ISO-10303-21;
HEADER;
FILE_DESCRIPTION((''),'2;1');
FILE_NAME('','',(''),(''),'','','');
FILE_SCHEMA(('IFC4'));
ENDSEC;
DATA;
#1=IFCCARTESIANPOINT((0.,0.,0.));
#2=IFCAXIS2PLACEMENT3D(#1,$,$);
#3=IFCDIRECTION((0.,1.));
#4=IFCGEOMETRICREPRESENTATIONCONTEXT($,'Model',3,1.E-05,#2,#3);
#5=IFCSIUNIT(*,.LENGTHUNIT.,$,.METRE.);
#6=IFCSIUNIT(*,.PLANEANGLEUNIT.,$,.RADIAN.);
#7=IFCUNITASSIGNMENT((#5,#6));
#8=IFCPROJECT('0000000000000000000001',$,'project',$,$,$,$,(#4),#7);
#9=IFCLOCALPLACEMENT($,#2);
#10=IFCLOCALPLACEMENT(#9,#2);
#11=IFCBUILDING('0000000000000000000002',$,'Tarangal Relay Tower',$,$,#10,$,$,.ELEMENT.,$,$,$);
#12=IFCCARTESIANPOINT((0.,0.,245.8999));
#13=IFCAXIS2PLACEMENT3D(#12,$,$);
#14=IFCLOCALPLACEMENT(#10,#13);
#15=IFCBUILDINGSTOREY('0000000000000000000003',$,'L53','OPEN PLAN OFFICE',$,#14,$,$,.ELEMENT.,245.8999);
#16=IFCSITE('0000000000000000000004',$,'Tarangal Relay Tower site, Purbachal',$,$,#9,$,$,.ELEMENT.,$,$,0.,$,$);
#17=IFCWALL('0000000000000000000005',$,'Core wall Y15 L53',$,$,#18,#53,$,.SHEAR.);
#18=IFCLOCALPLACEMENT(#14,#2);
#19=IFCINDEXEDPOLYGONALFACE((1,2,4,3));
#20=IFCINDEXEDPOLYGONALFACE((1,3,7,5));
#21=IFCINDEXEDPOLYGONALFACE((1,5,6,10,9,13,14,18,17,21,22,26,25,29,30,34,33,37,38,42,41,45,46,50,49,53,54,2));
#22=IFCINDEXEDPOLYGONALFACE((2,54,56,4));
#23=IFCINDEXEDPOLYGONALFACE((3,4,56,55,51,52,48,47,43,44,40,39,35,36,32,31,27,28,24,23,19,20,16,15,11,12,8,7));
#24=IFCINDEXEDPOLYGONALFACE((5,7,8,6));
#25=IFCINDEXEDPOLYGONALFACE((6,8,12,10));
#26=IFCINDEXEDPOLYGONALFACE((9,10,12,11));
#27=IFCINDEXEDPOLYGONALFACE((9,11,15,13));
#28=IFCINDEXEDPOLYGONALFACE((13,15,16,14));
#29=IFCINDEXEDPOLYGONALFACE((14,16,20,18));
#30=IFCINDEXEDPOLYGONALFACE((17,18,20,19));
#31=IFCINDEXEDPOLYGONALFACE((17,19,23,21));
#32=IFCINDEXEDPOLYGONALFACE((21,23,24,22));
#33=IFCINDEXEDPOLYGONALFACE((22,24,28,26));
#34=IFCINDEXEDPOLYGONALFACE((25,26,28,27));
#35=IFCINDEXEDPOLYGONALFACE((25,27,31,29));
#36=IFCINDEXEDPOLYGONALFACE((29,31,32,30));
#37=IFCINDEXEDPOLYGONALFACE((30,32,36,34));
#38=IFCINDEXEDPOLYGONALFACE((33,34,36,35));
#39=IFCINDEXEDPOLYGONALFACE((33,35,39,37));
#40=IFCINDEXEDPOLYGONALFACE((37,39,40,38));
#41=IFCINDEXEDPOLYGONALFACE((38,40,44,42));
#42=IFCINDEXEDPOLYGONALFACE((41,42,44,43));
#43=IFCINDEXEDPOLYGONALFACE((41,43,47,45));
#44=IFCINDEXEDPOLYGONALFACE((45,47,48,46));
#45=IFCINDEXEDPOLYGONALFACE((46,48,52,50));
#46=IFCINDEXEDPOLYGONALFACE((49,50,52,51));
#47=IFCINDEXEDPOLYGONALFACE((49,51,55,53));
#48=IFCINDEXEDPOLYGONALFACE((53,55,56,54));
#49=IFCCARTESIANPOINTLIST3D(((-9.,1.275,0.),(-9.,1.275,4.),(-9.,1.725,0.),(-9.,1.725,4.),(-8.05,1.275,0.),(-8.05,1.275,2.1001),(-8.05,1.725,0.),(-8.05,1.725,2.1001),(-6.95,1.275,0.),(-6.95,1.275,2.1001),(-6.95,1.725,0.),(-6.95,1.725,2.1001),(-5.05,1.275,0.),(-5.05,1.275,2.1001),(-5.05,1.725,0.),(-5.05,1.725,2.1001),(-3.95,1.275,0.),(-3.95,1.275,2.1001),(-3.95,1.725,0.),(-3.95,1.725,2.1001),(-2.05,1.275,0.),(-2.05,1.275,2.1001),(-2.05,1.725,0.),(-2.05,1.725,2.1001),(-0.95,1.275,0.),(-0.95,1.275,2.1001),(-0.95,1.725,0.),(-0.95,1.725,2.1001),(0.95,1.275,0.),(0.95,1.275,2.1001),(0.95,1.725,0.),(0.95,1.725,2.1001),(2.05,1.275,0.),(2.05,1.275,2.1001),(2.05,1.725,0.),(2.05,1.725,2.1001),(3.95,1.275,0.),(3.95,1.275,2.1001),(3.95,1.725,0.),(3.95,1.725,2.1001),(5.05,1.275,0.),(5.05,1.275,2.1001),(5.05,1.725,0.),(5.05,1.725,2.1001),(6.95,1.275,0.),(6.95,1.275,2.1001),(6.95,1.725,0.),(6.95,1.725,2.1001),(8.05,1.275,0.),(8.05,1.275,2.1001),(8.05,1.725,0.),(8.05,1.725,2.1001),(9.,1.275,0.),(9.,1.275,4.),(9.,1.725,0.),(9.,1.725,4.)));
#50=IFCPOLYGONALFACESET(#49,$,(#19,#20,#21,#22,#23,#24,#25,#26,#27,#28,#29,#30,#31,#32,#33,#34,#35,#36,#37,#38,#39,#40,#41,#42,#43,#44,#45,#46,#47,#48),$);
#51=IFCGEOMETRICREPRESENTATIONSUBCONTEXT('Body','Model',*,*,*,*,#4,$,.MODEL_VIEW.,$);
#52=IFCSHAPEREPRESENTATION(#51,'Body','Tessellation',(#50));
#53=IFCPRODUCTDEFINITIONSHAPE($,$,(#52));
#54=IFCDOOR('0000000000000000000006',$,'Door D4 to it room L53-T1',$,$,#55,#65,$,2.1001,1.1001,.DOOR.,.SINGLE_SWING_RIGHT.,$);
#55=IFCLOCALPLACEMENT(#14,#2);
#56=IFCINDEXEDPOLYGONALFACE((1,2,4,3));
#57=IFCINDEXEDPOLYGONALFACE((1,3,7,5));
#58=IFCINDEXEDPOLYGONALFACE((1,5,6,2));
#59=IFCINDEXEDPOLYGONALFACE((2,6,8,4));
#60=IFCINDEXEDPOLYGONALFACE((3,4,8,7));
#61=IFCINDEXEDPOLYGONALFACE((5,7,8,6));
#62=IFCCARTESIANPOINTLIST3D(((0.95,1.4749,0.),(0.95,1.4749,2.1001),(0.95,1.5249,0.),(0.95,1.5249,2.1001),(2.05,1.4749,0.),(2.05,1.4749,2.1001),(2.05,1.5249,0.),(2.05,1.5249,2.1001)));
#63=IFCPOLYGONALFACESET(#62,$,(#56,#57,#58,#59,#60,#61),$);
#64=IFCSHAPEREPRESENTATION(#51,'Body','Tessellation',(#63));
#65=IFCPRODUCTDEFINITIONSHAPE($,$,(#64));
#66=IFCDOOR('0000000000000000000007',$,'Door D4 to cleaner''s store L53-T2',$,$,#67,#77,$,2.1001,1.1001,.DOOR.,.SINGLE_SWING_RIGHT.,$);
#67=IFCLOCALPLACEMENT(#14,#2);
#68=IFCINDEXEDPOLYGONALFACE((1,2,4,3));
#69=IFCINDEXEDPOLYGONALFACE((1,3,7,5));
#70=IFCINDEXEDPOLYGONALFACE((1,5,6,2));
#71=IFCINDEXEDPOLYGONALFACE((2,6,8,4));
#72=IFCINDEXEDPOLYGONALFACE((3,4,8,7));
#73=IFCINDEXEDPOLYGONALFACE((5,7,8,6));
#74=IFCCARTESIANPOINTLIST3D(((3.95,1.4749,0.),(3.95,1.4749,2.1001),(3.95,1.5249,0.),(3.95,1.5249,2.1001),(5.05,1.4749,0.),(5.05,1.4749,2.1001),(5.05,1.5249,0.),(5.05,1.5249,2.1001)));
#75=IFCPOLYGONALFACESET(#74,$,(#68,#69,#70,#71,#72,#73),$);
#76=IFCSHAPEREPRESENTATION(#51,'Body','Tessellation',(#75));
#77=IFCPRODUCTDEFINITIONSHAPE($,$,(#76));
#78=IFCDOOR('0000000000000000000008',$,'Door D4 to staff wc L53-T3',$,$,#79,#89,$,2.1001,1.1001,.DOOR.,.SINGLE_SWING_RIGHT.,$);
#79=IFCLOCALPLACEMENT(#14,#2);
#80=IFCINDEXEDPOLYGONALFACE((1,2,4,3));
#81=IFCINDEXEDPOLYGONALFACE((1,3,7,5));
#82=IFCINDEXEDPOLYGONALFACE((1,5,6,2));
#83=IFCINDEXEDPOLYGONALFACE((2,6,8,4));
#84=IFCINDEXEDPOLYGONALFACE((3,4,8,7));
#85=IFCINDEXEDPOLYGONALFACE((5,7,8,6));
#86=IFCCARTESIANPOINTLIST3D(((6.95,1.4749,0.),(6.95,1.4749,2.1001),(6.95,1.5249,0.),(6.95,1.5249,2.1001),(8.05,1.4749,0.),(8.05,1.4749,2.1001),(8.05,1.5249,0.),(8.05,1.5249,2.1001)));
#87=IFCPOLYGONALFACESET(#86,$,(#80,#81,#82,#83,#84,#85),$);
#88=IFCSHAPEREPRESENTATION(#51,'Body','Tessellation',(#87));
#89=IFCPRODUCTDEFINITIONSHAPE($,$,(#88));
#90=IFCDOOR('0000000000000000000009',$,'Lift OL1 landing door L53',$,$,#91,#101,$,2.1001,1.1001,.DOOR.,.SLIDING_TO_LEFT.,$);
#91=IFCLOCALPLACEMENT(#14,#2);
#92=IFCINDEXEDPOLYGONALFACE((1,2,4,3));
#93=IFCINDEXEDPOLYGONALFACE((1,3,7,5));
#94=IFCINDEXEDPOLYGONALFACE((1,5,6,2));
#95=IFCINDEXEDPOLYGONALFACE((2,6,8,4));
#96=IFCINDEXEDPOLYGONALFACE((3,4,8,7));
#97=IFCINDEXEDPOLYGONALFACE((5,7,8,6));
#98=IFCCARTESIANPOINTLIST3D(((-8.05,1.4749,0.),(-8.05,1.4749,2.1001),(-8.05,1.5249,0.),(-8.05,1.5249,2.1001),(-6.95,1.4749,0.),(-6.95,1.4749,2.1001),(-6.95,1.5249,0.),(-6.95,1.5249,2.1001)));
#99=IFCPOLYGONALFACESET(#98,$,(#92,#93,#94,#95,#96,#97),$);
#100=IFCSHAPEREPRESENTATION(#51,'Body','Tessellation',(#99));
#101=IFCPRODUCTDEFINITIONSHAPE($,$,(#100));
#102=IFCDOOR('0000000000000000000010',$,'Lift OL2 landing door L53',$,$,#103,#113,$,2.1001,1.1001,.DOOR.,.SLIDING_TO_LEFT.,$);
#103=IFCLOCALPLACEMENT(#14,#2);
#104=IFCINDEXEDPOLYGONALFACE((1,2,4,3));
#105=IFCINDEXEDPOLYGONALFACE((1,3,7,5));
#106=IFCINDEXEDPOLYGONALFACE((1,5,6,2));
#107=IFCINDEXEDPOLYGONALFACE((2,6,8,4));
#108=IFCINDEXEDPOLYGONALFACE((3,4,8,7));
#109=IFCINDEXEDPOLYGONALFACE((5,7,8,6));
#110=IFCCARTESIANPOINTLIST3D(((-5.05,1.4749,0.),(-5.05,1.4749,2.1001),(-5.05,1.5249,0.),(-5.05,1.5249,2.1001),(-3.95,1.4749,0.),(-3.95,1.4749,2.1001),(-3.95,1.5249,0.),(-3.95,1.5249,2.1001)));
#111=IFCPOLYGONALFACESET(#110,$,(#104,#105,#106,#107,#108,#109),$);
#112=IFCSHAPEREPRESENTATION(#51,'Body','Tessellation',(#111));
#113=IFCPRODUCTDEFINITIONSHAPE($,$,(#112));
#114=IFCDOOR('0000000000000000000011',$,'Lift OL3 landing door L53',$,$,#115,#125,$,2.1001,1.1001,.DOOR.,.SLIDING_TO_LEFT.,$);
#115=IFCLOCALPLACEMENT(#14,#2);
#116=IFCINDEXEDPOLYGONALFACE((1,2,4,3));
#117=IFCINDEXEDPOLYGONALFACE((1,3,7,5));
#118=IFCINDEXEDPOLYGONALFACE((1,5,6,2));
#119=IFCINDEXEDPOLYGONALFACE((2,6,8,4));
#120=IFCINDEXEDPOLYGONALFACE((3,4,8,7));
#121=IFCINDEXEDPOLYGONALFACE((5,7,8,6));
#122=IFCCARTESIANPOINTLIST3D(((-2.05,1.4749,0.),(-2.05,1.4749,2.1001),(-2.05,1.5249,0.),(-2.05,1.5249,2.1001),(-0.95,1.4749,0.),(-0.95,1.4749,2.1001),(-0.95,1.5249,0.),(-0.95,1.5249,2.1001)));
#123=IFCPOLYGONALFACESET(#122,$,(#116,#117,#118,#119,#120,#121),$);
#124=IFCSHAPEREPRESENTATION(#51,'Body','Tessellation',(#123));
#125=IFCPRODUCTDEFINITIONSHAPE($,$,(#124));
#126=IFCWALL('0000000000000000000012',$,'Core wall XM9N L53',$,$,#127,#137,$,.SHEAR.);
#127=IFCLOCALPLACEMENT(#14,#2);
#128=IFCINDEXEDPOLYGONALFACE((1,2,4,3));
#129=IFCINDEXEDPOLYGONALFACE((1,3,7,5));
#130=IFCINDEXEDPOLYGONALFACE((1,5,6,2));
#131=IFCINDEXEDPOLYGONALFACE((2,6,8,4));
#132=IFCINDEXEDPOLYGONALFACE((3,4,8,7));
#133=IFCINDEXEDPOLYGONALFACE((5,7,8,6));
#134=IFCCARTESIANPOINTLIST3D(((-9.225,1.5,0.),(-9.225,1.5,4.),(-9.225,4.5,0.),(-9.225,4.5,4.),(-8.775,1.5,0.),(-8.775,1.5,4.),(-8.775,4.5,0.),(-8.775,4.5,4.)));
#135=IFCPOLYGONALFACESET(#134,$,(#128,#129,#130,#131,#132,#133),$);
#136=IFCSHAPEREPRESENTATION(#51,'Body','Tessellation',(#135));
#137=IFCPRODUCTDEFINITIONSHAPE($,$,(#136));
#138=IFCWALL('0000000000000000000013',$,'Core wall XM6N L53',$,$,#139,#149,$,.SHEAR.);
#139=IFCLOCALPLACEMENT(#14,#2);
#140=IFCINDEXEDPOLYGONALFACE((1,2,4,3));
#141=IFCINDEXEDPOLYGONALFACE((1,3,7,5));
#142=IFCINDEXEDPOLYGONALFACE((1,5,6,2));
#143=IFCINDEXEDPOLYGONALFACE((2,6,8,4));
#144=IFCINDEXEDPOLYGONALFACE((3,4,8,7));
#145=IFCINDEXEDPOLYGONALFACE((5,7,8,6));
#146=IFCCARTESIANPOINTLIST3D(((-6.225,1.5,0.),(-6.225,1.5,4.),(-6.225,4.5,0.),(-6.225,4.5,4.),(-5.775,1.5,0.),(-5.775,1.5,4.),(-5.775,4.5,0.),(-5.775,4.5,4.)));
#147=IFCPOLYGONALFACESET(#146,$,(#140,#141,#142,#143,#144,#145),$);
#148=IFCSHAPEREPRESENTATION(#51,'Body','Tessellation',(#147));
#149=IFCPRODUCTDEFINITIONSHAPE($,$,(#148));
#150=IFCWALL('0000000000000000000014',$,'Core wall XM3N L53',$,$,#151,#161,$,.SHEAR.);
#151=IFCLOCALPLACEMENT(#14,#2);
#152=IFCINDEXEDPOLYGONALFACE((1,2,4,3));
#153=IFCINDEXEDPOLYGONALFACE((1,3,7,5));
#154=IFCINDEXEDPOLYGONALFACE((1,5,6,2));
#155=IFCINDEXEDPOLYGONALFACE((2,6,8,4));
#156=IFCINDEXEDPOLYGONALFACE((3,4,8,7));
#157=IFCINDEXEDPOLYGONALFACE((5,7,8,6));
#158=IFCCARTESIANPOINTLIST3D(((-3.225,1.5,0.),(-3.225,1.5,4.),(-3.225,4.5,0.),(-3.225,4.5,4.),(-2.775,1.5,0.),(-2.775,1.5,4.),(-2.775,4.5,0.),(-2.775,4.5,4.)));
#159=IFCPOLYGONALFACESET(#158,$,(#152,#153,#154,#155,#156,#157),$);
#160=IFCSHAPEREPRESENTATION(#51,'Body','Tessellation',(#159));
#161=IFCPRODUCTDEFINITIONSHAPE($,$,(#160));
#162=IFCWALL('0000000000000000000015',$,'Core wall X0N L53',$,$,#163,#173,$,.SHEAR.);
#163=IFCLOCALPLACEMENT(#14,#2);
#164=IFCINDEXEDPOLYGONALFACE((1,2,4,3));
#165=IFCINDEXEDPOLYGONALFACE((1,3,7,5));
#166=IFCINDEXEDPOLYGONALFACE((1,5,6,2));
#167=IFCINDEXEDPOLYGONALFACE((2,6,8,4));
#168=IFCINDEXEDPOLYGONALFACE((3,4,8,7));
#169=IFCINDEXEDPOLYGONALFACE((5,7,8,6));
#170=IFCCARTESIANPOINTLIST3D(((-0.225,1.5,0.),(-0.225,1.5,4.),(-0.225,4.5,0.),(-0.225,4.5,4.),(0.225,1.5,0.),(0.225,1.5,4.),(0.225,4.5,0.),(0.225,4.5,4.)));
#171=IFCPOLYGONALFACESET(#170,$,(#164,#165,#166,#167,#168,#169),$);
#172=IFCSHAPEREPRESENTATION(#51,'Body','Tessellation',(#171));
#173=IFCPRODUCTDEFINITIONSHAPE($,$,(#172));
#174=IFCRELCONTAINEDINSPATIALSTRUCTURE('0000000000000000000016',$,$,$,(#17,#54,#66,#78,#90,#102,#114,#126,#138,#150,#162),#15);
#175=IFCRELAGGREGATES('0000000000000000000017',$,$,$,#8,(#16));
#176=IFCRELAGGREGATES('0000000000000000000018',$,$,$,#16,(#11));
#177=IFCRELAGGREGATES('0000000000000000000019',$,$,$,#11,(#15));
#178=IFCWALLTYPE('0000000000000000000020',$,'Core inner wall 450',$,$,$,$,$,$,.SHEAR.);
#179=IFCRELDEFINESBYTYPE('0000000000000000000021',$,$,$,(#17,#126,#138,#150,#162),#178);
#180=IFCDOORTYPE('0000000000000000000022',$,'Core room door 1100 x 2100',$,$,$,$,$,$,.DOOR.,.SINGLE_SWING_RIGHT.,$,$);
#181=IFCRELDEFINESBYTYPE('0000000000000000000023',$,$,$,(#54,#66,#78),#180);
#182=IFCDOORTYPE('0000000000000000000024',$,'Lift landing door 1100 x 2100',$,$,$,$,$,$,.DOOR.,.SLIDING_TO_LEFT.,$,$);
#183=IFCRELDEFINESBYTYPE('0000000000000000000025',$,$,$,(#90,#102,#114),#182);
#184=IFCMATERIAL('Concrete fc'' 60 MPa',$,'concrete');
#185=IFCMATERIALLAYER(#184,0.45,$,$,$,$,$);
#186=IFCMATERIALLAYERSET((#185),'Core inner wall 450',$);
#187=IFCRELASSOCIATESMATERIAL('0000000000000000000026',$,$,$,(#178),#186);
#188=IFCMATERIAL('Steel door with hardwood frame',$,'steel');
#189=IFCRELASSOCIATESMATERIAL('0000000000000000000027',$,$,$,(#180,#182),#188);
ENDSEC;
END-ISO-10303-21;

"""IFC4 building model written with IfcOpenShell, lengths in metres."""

from ifc_helpers import new_model, si_unit, direction, frame, frame_2d, origin, place, context, subcontext, project, spatial, rectangle, extrude, material, layer, layer_set, type_object, element, fill, save


model = new_model("IFC4")

# Units and contexts
model_context = context("Model", 3, precision=1e-05, world=origin(), true_north=direction((0.0, 1.0)))
body_context = subcontext(model_context, "Body", "Model", "MODEL_VIEW")
ifc_project = project(units=[si_unit("LENGTHUNIT", "METRE"), si_unit("PLANEANGLEUNIT", "RADIAN")], contexts=[model_context])

# Site, building, storey
site_placement = place(None, origin())
site = spatial("IfcSite", under=ifc_project, at=site_placement, Name="Tarangal Relay Tower site, Purbachal", CompositionType="ELEMENT", RefElevation=0.0)
building_placement = place(site_placement, origin())
building = spatial("IfcBuilding", under=site, at=building_placement, Name="Tarangal Relay Tower", CompositionType="ELEMENT")
storey_placement = place(building_placement, frame((0.0, 0.0, 245.8999)))
storey = spatial("IfcBuildingStorey", under=building, at=storey_placement, Name="L53", Description="OPEN PLAN OFFICE", CompositionType="ELEMENT", Elevation=245.8999)

# Wall, openings, doors
ifc_material_1 = material(Name="Concrete fc' 60 MPa", Category="concrete")
ifc_layer_1 = layer(ifc_material_1, 0.45)
ifc_layer_set_1 = layer_set([ifc_layer_1], Name="Core inner wall 450")
wall_type = type_object("IfcWallType", Name="Core inner wall 450", PredefinedType="SHEAR", material=ifc_layer_set_1)
ifc_material_2 = material(Name="Steel door with hardwood frame", Category="steel")
wall_1_placement = place(storey_placement, frame((-9.0, 1.5, 0.0), z_axis=(0.0, 0.0, 1.0), x_axis=(1.0, 0.0, 0.0)))
wall_1 = element("IfcWall", 1, at=wall_1_placement, inside=storey, type_object=wall_type, Name="Core wall Y15 L53", PredefinedType="SHEAR", context=body_context, shape_type="SweptSolid", body=[
    extrude(rectangle(XDim=18.0, YDim=0.45, at=frame_2d((9.0, 0.0))), origin(), (0.0, 0.0, 1.0), 4.0),
])
opening_1_placement = place(wall_1_placement, frame((0.95, 0.0, 0.0)))
opening_1 = element("IfcOpeningElement", 2, at=opening_1_placement, cuts=wall_1, PredefinedType="OPENING", context=body_context, shape_type="SweptSolid", body=[
    extrude(rectangle(XDim=1.1001, YDim=2.1001, at=frame_2d((0.55, 1.05))), frame((0.0, 0.2349, 0.0), z_axis=(0.0, -1.0, 0.0), x_axis=(1.0, 0.0, 0.0)), (0.0, 0.0, 1.0), 0.47),
])
opening_2_placement = place(wall_1_placement, frame((3.95, 0.0, 0.0)))
opening_2 = element("IfcOpeningElement", 3, at=opening_2_placement, cuts=wall_1, PredefinedType="OPENING", context=body_context, shape_type="SweptSolid", body=[
    extrude(rectangle(XDim=1.1001, YDim=2.1001, at=frame_2d((0.55, 1.05))), frame((0.0, 0.2349, 0.0), z_axis=(0.0, -1.0, 0.0), x_axis=(1.0, 0.0, 0.0)), (0.0, 0.0, 1.0), 0.47),
])
opening_3_placement = place(wall_1_placement, frame((6.95, 0.0, 0.0)))
opening_3 = element("IfcOpeningElement", 4, at=opening_3_placement, cuts=wall_1, PredefinedType="OPENING", context=body_context, shape_type="SweptSolid", body=[
    extrude(rectangle(XDim=1.1001, YDim=2.1001, at=frame_2d((0.55, 1.05))), frame((0.0, 0.2349, 0.0), z_axis=(0.0, -1.0, 0.0), x_axis=(1.0, 0.0, 0.0)), (0.0, 0.0, 1.0), 0.47),
])
opening_4_placement = place(wall_1_placement, frame((9.95, 0.0, 0.0)))
opening_4 = element("IfcOpeningElement", 5, at=opening_4_placement, cuts=wall_1, PredefinedType="OPENING", context=body_context, shape_type="SweptSolid", body=[
    extrude(rectangle(XDim=1.1001, YDim=2.1001, at=frame_2d((0.55, 1.05))), frame((0.0, 0.2349, 0.0), z_axis=(0.0, -1.0, 0.0), x_axis=(1.0, 0.0, 0.0)), (0.0, 0.0, 1.0), 0.47),
])
opening_5_placement = place(wall_1_placement, frame((12.95, 0.0, 0.0)))
opening_5 = element("IfcOpeningElement", 6, at=opening_5_placement, cuts=wall_1, PredefinedType="OPENING", context=body_context, shape_type="SweptSolid", body=[
    extrude(rectangle(XDim=1.1001, YDim=2.1001, at=frame_2d((0.55, 1.05))), frame((0.0, 0.2349, 0.0), z_axis=(0.0, -1.0, 0.0), x_axis=(1.0, 0.0, 0.0)), (0.0, 0.0, 1.0), 0.47),
])
opening_6_placement = place(wall_1_placement, frame((15.95, 0.0, 0.0)))
opening_6 = element("IfcOpeningElement", 7, at=opening_6_placement, cuts=wall_1, PredefinedType="OPENING", context=body_context, shape_type="SweptSolid", body=[
    extrude(rectangle(XDim=1.1001, YDim=2.1001, at=frame_2d((0.55, 1.05))), frame((0.0, 0.2349, 0.0), z_axis=(0.0, -1.0, 0.0), x_axis=(1.0, 0.0, 0.0)), (0.0, 0.0, 1.0), 0.47),
])
door_type_1 = type_object("IfcDoorType", Name="Core room door 1100 x 2100", OperationType="SINGLE_SWING_RIGHT", PredefinedType="DOOR", material=ifc_material_2)
door_1_placement = place(opening_4_placement, origin())
door_1 = element("IfcDoor", 8, at=door_1_placement, inside=storey, type_object=door_type_1, Name="Door D4 to it room L53-T1", OperationType="SINGLE_SWING_RIGHT", OverallHeight=2.1001, OverallWidth=1.1001, PredefinedType="DOOR", context=body_context, shape_type="SweptSolid", body=[
    extrude(rectangle(XDim=1.1001, YDim=2.1001, at=frame_2d((0.55, 1.05))), frame((0.0, 0.0249, 0.0), z_axis=(0.0, -1.0, 0.0), x_axis=(1.0, 0.0, 0.0)), (0.0, 0.0, 1.0), 0.05),
])
fill(opening_4, door_1)
door_2_placement = place(opening_5_placement, origin())
door_2 = element("IfcDoor", 9, at=door_2_placement, inside=storey, type_object=door_type_1, Name="Door D4 to cleaner's store L53-T2", OperationType="SINGLE_SWING_RIGHT", OverallHeight=2.1001, OverallWidth=1.1001, PredefinedType="DOOR", context=body_context, shape_type="SweptSolid", body=[
    extrude(rectangle(XDim=1.1001, YDim=2.1001, at=frame_2d((0.55, 1.05))), frame((0.0, 0.0249, 0.0), z_axis=(0.0, -1.0, 0.0), x_axis=(1.0, 0.0, 0.0)), (0.0, 0.0, 1.0), 0.05),
])
fill(opening_5, door_2)
door_3_placement = place(opening_6_placement, origin())
door_3 = element("IfcDoor", 10, at=door_3_placement, inside=storey, type_object=door_type_1, Name="Door D4 to staff wc L53-T3", OperationType="SINGLE_SWING_RIGHT", OverallHeight=2.1001, OverallWidth=1.1001, PredefinedType="DOOR", context=body_context, shape_type="SweptSolid", body=[
    extrude(rectangle(XDim=1.1001, YDim=2.1001, at=frame_2d((0.55, 1.05))), frame((0.0, 0.0249, 0.0), z_axis=(0.0, -1.0, 0.0), x_axis=(1.0, 0.0, 0.0)), (0.0, 0.0, 1.0), 0.05),
])
fill(opening_6, door_3)
door_type_2 = type_object("IfcDoorType", Name="Lift landing door 1100 x 2100", OperationType="SLIDING_TO_LEFT", PredefinedType="DOOR", material=ifc_material_2)
door_4_placement = place(opening_1_placement, origin())
door_4 = element("IfcDoor", 11, at=door_4_placement, inside=storey, type_object=door_type_2, Name="Lift OL1 landing door L53", OperationType="SLIDING_TO_LEFT", OverallHeight=2.1001, OverallWidth=1.1001, PredefinedType="DOOR", context=body_context, shape_type="SweptSolid", body=[
    extrude(rectangle(XDim=1.1001, YDim=2.1001, at=frame_2d((0.55, 1.05))), frame((0.0, 0.0249, 0.0), z_axis=(0.0, -1.0, 0.0), x_axis=(1.0, 0.0, 0.0)), (0.0, 0.0, 1.0), 0.05),
])
fill(opening_1, door_4)
door_5_placement = place(opening_2_placement, origin())
door_5 = element("IfcDoor", 12, at=door_5_placement, inside=storey, type_object=door_type_2, Name="Lift OL2 landing door L53", OperationType="SLIDING_TO_LEFT", OverallHeight=2.1001, OverallWidth=1.1001, PredefinedType="DOOR", context=body_context, shape_type="SweptSolid", body=[
    extrude(rectangle(XDim=1.1001, YDim=2.1001, at=frame_2d((0.55, 1.05))), frame((0.0, 0.0249, 0.0), z_axis=(0.0, -1.0, 0.0), x_axis=(1.0, 0.0, 0.0)), (0.0, 0.0, 1.0), 0.05),
])
fill(opening_2, door_5)
door_6_placement = place(opening_3_placement, origin())
door_6 = element("IfcDoor", 13, at=door_6_placement, inside=storey, type_object=door_type_2, Name="Lift OL3 landing door L53", OperationType="SLIDING_TO_LEFT", OverallHeight=2.1001, OverallWidth=1.1001, PredefinedType="DOOR", context=body_context, shape_type="SweptSolid", body=[
    extrude(rectangle(XDim=1.1001, YDim=2.1001, at=frame_2d((0.55, 1.05))), frame((0.0, 0.0249, 0.0), z_axis=(0.0, -1.0, 0.0), x_axis=(1.0, 0.0, 0.0)), (0.0, 0.0, 1.0), 0.05),
])
fill(opening_3, door_6)

# Walls
for number, where, z_axis, x_axis, name in (
    (14, (-9.0, 1.5, 0.0), (0.0, 0.0, 1.0), (0.0, 1.0, 0.0), "Core wall XM9N L53"),
    (15, (-6.0, 1.5, 0.0), (0.0, 0.0, 1.0), (0.0, 1.0, 0.0), "Core wall XM6N L53"),
    (16, (-3.0, 1.5, 0.0), (0.0, 0.0, 1.0), (0.0, 1.0, 0.0), "Core wall XM3N L53"),
    (17, (0.0, 1.5, 0.0), (0.0, 0.0, 1.0), (0.0, 1.0, 0.0), "Core wall X0N L53"),
):
    element("IfcWall", number, at=place(storey_placement, frame(where, z_axis=z_axis, x_axis=x_axis)), inside=storey, type_object=wall_type, Name=name, PredefinedType="SHEAR", context=body_context, shape_type="SweptSolid", body=[
        extrude(rectangle(XDim=3.0, YDim=0.45, at=frame_2d((1.5, 0.0))), origin(), (0.0, 0.0, 1.0), 4.0),
    ])

save(model, "model.ifc")
